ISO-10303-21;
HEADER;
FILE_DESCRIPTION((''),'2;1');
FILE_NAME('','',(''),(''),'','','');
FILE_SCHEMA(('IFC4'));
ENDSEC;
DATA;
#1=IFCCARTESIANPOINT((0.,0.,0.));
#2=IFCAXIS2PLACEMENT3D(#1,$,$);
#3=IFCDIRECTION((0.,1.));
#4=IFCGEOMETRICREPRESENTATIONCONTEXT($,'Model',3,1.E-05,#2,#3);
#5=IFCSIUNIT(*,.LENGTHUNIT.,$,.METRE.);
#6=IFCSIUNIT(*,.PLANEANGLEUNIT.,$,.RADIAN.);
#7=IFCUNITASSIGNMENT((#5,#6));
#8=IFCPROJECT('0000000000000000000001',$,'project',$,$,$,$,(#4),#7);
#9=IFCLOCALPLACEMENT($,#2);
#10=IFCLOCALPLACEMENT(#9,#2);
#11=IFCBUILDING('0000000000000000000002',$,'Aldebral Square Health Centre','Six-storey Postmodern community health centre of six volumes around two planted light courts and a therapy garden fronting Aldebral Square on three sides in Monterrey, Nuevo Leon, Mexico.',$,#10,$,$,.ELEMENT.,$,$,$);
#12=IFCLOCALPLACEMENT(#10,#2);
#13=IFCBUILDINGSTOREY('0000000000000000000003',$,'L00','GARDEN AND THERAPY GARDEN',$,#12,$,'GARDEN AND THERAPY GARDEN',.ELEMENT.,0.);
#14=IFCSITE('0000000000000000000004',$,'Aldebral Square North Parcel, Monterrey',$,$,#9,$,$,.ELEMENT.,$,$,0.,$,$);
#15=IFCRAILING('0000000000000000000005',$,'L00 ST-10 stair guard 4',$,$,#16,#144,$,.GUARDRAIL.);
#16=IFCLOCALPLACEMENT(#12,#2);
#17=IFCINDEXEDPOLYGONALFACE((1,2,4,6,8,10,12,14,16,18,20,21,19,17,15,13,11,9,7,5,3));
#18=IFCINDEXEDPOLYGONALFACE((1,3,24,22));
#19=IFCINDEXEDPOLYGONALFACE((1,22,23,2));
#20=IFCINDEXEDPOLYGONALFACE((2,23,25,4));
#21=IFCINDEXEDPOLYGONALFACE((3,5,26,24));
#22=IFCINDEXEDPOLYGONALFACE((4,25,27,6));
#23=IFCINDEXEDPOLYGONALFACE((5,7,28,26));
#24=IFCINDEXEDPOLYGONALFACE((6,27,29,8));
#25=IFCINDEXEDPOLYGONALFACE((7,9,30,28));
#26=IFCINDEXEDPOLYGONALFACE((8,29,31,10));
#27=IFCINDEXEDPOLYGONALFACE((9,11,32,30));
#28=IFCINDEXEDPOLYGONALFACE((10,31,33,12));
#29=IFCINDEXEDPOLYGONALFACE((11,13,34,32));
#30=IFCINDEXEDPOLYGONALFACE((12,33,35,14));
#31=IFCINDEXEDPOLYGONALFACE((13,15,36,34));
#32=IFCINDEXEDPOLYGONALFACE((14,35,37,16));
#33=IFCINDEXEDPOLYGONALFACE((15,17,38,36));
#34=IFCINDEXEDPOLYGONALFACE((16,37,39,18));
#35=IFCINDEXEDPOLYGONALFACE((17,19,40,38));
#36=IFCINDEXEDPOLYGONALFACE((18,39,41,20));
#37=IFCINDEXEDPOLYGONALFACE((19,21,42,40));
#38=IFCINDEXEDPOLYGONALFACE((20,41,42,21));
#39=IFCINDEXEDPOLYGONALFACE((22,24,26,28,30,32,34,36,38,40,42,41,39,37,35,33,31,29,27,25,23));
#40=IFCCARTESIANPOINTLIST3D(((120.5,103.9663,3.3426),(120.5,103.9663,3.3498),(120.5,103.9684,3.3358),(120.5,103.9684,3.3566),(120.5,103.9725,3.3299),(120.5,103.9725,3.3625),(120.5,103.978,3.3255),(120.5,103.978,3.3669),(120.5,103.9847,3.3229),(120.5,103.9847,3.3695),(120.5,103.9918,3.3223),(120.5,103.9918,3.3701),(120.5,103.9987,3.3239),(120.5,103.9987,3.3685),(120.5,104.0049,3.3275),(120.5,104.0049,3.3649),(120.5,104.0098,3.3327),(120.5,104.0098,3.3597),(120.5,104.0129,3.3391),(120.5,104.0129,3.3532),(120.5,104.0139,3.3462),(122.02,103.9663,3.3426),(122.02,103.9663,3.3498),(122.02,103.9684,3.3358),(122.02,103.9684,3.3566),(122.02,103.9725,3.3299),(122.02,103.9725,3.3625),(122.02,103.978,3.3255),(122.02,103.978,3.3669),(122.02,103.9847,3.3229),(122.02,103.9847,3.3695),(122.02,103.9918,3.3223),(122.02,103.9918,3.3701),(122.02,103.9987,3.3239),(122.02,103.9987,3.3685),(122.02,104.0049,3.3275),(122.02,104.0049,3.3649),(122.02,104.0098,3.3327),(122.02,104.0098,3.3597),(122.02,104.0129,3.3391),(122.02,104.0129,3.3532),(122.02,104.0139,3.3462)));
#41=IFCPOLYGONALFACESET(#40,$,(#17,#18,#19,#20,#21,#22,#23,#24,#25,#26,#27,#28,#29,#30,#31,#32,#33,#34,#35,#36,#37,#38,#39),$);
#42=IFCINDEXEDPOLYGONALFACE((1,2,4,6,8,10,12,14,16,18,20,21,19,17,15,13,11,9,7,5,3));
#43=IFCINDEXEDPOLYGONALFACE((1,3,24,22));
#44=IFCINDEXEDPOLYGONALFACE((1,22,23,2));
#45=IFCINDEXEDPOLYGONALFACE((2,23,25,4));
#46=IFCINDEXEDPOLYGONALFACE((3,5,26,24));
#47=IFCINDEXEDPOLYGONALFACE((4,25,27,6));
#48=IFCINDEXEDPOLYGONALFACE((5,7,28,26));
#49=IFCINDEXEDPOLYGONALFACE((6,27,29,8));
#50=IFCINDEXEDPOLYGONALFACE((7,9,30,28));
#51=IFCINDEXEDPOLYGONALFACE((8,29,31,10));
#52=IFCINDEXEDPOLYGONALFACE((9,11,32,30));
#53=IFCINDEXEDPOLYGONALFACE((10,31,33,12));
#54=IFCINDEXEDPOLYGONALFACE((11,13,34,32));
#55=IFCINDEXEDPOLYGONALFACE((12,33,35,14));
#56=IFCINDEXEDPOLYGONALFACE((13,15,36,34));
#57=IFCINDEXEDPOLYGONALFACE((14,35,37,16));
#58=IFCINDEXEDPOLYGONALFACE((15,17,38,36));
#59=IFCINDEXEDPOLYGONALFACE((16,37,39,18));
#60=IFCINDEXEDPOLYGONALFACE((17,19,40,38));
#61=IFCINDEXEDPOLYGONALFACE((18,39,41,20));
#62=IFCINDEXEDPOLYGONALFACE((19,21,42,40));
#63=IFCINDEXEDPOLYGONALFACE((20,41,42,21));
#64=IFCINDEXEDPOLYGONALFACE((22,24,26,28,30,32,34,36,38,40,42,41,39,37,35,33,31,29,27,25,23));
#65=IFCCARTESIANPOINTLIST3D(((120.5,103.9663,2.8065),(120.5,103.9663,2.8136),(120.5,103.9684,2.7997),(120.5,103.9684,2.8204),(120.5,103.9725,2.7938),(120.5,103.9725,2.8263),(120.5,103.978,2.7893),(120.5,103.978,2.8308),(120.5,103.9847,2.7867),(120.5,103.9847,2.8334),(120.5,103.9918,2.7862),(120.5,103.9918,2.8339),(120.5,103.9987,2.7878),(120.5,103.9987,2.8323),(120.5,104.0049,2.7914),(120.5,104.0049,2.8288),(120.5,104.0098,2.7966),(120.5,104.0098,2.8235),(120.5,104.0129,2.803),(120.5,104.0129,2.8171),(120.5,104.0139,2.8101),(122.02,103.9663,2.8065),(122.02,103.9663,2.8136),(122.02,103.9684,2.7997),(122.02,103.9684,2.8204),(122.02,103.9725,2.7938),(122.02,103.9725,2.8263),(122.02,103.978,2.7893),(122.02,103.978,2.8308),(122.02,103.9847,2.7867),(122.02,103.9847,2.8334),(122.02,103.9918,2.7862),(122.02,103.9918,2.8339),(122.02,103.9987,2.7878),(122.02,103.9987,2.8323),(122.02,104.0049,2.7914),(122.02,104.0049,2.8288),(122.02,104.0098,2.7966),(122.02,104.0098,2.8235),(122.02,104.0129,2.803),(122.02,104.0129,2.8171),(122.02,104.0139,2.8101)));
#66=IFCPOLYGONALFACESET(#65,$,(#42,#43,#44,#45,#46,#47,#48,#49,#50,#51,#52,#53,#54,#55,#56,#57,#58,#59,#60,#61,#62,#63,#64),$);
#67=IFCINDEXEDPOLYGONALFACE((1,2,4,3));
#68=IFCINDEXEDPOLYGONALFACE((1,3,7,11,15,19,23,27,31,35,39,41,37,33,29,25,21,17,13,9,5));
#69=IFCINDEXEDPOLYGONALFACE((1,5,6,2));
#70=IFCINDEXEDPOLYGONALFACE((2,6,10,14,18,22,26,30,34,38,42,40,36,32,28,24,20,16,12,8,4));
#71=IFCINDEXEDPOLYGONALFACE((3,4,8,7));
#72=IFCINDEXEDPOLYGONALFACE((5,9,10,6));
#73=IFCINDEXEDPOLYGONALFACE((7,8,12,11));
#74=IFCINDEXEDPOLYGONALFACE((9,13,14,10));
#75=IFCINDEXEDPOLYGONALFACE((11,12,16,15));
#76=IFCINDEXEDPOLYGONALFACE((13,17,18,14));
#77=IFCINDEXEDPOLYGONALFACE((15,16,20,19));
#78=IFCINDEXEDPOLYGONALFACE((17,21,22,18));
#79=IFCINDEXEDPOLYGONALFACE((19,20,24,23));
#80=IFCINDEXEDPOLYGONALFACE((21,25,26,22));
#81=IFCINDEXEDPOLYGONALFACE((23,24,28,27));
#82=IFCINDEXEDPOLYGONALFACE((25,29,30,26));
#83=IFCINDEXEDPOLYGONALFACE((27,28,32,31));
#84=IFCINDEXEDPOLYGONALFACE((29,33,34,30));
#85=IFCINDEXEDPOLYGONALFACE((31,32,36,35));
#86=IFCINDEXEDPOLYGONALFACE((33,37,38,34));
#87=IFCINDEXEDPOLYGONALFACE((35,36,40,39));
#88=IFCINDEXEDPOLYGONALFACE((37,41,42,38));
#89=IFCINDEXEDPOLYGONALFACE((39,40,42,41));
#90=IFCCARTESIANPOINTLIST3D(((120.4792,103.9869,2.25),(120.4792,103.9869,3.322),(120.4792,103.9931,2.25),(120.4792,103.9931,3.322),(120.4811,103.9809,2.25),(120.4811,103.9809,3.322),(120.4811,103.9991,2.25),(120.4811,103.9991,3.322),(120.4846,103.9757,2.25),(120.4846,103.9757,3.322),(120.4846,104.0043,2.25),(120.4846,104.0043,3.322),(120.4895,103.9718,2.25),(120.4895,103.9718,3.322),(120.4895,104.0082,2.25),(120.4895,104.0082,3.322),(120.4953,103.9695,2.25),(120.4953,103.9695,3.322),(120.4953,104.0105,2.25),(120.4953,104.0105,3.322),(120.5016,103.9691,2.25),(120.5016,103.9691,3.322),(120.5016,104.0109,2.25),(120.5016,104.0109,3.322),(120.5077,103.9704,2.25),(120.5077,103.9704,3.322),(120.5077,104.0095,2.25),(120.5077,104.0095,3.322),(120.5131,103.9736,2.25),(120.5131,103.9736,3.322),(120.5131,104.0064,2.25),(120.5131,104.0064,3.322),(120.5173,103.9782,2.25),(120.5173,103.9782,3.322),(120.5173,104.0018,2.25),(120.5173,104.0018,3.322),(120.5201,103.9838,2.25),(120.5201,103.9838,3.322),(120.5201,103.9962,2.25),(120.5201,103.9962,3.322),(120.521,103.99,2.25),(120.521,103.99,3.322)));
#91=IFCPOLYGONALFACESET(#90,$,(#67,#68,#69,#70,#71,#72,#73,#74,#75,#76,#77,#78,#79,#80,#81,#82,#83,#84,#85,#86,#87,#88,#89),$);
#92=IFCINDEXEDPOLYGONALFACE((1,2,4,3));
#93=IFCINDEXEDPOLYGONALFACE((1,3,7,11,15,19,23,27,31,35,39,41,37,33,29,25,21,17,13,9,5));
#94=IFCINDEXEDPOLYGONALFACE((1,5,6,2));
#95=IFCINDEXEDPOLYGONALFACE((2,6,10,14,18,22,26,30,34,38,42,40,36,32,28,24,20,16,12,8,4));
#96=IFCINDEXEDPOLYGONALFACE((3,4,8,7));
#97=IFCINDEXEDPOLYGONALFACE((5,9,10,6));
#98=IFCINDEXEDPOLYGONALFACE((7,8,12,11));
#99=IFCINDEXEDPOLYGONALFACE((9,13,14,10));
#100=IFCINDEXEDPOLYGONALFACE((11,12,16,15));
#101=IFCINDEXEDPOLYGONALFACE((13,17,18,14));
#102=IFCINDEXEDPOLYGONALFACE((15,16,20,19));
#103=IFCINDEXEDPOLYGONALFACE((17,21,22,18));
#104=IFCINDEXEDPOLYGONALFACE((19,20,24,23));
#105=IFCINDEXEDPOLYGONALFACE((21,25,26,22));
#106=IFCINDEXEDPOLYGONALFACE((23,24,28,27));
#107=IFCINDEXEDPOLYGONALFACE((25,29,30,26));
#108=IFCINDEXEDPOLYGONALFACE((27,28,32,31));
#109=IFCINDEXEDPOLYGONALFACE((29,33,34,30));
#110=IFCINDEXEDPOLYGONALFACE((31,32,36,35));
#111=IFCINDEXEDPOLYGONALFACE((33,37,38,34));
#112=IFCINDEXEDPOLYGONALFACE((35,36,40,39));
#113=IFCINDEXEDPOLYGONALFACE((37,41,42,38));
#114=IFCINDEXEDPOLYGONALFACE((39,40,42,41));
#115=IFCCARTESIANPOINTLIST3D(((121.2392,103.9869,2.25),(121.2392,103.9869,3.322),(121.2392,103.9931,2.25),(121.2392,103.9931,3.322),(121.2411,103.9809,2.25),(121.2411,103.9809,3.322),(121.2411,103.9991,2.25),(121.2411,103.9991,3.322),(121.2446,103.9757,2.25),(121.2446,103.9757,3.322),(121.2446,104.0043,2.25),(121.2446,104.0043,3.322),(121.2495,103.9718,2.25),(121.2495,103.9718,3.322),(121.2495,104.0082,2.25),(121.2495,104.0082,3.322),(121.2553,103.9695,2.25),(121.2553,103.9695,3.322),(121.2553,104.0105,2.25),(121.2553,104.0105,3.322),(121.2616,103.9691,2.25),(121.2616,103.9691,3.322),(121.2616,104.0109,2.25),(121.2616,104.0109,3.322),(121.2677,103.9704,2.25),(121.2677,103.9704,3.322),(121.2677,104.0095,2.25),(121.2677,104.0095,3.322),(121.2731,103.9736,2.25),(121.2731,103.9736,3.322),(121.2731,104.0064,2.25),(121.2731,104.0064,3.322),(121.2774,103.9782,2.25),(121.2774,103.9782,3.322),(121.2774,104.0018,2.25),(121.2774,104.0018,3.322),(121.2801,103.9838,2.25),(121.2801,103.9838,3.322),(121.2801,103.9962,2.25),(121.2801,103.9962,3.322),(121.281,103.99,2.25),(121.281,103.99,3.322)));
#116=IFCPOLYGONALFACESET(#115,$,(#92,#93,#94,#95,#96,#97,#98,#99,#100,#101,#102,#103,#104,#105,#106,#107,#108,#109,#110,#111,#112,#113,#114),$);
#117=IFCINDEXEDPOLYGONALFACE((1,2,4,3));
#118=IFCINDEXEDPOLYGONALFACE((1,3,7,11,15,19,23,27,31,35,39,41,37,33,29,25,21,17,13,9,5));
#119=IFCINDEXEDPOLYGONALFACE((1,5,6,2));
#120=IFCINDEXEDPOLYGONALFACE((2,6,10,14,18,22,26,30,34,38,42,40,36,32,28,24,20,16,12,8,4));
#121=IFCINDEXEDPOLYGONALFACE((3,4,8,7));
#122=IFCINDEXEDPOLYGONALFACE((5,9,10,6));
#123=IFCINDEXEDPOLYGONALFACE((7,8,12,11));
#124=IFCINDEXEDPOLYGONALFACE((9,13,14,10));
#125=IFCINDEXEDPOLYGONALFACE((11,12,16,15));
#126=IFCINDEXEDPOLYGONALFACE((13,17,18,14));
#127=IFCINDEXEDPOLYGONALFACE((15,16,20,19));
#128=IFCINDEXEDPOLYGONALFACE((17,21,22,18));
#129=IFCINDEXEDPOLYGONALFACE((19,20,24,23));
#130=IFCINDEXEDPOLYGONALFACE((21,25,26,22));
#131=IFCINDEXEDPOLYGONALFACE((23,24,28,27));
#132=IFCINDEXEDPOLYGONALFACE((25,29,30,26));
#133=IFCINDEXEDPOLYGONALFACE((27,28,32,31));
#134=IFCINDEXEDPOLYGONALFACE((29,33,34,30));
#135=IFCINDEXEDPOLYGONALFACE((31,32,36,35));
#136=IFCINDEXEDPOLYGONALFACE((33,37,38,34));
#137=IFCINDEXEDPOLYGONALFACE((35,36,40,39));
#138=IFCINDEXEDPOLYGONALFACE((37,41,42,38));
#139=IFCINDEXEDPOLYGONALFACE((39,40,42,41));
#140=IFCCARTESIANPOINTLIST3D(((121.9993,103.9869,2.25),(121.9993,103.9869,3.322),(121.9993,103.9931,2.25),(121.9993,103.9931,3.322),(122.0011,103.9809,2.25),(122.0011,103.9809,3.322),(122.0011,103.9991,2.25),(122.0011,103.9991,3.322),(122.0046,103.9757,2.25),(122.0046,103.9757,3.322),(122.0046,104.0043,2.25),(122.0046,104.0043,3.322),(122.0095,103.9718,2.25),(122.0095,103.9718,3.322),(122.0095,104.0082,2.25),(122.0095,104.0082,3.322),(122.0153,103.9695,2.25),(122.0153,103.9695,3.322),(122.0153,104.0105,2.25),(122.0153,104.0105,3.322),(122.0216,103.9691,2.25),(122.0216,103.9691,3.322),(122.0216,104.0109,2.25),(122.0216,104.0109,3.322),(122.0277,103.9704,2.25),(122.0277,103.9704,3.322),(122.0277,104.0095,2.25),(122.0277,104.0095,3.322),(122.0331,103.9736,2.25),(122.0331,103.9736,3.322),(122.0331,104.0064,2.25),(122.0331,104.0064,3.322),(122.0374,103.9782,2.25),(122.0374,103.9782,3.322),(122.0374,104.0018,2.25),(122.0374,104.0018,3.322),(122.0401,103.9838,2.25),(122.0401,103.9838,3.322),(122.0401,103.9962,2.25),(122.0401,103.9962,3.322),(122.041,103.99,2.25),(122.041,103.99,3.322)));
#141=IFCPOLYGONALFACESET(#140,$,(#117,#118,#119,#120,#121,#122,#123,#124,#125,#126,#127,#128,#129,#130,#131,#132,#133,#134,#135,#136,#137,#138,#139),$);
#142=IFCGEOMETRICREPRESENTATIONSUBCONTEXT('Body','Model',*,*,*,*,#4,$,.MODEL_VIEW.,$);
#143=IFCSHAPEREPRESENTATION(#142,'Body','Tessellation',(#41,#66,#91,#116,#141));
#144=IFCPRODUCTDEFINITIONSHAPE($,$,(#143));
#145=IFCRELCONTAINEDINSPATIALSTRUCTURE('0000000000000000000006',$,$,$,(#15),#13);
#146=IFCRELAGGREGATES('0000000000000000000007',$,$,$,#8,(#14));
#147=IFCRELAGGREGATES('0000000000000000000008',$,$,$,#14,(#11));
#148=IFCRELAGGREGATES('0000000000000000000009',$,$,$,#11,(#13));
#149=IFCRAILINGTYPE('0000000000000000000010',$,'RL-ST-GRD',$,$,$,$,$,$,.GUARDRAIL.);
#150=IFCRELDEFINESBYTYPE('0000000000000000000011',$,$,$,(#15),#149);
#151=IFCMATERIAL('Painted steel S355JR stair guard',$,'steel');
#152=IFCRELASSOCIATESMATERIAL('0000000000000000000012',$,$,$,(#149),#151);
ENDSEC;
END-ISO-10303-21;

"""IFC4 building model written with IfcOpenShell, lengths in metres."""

from ifc_helpers import new_model, si_unit, direction, frame, origin, origin_2d, place, context, subcontext, project, spatial, circle, extrude, material, type_object, element, save


model = new_model("IFC4")

# Units and contexts
model_context = context("Model", 3, precision=1e-05, world=origin(), true_north=direction((0.0, 1.0)))
body_context = subcontext(model_context, "Body", "Model", "MODEL_VIEW")
ifc_project = project(units=[si_unit("LENGTHUNIT", "METRE"), si_unit("PLANEANGLEUNIT", "RADIAN")], contexts=[model_context])

# Site, building, storey
site_placement = place(None, origin())
site = spatial("IfcSite", under=ifc_project, at=site_placement, Name="Aldebral Square North Parcel, Monterrey", CompositionType="ELEMENT", RefElevation=0.0)
building_placement = place(site_placement, origin())
building = spatial("IfcBuilding", under=site, at=building_placement, Name="Aldebral Square Health Centre", Description="Six-storey Postmodern community health centre of six volumes around two planted light courts and a therapy garden fronting Aldebral Square on three sides in Monterrey, Nuevo Leon, Mexico.", CompositionType="ELEMENT")
storey_placement = place(building_placement, origin())
storey = spatial("IfcBuildingStorey", under=building, at=storey_placement, Name="L00", Description="GARDEN AND THERAPY GARDEN", LongName="GARDEN AND THERAPY GARDEN", CompositionType="ELEMENT", Elevation=0.0)

# Railing
ifc_material_1 = material(Name="Painted steel S355JR stair guard", Category="steel")
railing_type_1 = type_object("IfcRailingType", Name="RL-ST-GRD", PredefinedType="GUARDRAIL", material=ifc_material_1)
railing_1_placement = place(storey_placement, frame((120.5, 103.99, 2.25)))
element("IfcRailing", 1, at=railing_1_placement, inside=storey, type_object=railing_type_1, Name="L00 ST-10 stair guard 4", PredefinedType="GUARDRAIL", context=body_context, shape_type="SweptSolid", body=[
    extrude(circle(Radius=0.0239, at=origin_2d()), frame((0.0, 0.0, 1.0962), z_axis=(1.0, 0.0, 0.0), x_axis=(0.0, 1.0, 0.0)), (0.0, 0.0, 1.0), 1.52),
    extrude(circle(Radius=0.0239, at=origin_2d()), frame((0.0, 0.0, 0.5601), z_axis=(1.0, 0.0, 0.0), x_axis=(0.0, 1.0, 0.0)), (0.0, 0.0, 1.0), 1.52),
    extrude(circle(Radius=0.021, at=origin_2d()), origin(), (0.0, 0.0, 1.0), 1.072),
    extrude(circle(Radius=0.021, at=origin_2d()), frame((0.76, 0.0, 0.0)), (0.0, 0.0, 1.0), 1.072),
    extrude(circle(Radius=0.021, at=origin_2d()), frame((1.52, 0.0, 0.0)), (0.0, 0.0, 1.0), 1.072),
])

save(model, "model.ifc")
